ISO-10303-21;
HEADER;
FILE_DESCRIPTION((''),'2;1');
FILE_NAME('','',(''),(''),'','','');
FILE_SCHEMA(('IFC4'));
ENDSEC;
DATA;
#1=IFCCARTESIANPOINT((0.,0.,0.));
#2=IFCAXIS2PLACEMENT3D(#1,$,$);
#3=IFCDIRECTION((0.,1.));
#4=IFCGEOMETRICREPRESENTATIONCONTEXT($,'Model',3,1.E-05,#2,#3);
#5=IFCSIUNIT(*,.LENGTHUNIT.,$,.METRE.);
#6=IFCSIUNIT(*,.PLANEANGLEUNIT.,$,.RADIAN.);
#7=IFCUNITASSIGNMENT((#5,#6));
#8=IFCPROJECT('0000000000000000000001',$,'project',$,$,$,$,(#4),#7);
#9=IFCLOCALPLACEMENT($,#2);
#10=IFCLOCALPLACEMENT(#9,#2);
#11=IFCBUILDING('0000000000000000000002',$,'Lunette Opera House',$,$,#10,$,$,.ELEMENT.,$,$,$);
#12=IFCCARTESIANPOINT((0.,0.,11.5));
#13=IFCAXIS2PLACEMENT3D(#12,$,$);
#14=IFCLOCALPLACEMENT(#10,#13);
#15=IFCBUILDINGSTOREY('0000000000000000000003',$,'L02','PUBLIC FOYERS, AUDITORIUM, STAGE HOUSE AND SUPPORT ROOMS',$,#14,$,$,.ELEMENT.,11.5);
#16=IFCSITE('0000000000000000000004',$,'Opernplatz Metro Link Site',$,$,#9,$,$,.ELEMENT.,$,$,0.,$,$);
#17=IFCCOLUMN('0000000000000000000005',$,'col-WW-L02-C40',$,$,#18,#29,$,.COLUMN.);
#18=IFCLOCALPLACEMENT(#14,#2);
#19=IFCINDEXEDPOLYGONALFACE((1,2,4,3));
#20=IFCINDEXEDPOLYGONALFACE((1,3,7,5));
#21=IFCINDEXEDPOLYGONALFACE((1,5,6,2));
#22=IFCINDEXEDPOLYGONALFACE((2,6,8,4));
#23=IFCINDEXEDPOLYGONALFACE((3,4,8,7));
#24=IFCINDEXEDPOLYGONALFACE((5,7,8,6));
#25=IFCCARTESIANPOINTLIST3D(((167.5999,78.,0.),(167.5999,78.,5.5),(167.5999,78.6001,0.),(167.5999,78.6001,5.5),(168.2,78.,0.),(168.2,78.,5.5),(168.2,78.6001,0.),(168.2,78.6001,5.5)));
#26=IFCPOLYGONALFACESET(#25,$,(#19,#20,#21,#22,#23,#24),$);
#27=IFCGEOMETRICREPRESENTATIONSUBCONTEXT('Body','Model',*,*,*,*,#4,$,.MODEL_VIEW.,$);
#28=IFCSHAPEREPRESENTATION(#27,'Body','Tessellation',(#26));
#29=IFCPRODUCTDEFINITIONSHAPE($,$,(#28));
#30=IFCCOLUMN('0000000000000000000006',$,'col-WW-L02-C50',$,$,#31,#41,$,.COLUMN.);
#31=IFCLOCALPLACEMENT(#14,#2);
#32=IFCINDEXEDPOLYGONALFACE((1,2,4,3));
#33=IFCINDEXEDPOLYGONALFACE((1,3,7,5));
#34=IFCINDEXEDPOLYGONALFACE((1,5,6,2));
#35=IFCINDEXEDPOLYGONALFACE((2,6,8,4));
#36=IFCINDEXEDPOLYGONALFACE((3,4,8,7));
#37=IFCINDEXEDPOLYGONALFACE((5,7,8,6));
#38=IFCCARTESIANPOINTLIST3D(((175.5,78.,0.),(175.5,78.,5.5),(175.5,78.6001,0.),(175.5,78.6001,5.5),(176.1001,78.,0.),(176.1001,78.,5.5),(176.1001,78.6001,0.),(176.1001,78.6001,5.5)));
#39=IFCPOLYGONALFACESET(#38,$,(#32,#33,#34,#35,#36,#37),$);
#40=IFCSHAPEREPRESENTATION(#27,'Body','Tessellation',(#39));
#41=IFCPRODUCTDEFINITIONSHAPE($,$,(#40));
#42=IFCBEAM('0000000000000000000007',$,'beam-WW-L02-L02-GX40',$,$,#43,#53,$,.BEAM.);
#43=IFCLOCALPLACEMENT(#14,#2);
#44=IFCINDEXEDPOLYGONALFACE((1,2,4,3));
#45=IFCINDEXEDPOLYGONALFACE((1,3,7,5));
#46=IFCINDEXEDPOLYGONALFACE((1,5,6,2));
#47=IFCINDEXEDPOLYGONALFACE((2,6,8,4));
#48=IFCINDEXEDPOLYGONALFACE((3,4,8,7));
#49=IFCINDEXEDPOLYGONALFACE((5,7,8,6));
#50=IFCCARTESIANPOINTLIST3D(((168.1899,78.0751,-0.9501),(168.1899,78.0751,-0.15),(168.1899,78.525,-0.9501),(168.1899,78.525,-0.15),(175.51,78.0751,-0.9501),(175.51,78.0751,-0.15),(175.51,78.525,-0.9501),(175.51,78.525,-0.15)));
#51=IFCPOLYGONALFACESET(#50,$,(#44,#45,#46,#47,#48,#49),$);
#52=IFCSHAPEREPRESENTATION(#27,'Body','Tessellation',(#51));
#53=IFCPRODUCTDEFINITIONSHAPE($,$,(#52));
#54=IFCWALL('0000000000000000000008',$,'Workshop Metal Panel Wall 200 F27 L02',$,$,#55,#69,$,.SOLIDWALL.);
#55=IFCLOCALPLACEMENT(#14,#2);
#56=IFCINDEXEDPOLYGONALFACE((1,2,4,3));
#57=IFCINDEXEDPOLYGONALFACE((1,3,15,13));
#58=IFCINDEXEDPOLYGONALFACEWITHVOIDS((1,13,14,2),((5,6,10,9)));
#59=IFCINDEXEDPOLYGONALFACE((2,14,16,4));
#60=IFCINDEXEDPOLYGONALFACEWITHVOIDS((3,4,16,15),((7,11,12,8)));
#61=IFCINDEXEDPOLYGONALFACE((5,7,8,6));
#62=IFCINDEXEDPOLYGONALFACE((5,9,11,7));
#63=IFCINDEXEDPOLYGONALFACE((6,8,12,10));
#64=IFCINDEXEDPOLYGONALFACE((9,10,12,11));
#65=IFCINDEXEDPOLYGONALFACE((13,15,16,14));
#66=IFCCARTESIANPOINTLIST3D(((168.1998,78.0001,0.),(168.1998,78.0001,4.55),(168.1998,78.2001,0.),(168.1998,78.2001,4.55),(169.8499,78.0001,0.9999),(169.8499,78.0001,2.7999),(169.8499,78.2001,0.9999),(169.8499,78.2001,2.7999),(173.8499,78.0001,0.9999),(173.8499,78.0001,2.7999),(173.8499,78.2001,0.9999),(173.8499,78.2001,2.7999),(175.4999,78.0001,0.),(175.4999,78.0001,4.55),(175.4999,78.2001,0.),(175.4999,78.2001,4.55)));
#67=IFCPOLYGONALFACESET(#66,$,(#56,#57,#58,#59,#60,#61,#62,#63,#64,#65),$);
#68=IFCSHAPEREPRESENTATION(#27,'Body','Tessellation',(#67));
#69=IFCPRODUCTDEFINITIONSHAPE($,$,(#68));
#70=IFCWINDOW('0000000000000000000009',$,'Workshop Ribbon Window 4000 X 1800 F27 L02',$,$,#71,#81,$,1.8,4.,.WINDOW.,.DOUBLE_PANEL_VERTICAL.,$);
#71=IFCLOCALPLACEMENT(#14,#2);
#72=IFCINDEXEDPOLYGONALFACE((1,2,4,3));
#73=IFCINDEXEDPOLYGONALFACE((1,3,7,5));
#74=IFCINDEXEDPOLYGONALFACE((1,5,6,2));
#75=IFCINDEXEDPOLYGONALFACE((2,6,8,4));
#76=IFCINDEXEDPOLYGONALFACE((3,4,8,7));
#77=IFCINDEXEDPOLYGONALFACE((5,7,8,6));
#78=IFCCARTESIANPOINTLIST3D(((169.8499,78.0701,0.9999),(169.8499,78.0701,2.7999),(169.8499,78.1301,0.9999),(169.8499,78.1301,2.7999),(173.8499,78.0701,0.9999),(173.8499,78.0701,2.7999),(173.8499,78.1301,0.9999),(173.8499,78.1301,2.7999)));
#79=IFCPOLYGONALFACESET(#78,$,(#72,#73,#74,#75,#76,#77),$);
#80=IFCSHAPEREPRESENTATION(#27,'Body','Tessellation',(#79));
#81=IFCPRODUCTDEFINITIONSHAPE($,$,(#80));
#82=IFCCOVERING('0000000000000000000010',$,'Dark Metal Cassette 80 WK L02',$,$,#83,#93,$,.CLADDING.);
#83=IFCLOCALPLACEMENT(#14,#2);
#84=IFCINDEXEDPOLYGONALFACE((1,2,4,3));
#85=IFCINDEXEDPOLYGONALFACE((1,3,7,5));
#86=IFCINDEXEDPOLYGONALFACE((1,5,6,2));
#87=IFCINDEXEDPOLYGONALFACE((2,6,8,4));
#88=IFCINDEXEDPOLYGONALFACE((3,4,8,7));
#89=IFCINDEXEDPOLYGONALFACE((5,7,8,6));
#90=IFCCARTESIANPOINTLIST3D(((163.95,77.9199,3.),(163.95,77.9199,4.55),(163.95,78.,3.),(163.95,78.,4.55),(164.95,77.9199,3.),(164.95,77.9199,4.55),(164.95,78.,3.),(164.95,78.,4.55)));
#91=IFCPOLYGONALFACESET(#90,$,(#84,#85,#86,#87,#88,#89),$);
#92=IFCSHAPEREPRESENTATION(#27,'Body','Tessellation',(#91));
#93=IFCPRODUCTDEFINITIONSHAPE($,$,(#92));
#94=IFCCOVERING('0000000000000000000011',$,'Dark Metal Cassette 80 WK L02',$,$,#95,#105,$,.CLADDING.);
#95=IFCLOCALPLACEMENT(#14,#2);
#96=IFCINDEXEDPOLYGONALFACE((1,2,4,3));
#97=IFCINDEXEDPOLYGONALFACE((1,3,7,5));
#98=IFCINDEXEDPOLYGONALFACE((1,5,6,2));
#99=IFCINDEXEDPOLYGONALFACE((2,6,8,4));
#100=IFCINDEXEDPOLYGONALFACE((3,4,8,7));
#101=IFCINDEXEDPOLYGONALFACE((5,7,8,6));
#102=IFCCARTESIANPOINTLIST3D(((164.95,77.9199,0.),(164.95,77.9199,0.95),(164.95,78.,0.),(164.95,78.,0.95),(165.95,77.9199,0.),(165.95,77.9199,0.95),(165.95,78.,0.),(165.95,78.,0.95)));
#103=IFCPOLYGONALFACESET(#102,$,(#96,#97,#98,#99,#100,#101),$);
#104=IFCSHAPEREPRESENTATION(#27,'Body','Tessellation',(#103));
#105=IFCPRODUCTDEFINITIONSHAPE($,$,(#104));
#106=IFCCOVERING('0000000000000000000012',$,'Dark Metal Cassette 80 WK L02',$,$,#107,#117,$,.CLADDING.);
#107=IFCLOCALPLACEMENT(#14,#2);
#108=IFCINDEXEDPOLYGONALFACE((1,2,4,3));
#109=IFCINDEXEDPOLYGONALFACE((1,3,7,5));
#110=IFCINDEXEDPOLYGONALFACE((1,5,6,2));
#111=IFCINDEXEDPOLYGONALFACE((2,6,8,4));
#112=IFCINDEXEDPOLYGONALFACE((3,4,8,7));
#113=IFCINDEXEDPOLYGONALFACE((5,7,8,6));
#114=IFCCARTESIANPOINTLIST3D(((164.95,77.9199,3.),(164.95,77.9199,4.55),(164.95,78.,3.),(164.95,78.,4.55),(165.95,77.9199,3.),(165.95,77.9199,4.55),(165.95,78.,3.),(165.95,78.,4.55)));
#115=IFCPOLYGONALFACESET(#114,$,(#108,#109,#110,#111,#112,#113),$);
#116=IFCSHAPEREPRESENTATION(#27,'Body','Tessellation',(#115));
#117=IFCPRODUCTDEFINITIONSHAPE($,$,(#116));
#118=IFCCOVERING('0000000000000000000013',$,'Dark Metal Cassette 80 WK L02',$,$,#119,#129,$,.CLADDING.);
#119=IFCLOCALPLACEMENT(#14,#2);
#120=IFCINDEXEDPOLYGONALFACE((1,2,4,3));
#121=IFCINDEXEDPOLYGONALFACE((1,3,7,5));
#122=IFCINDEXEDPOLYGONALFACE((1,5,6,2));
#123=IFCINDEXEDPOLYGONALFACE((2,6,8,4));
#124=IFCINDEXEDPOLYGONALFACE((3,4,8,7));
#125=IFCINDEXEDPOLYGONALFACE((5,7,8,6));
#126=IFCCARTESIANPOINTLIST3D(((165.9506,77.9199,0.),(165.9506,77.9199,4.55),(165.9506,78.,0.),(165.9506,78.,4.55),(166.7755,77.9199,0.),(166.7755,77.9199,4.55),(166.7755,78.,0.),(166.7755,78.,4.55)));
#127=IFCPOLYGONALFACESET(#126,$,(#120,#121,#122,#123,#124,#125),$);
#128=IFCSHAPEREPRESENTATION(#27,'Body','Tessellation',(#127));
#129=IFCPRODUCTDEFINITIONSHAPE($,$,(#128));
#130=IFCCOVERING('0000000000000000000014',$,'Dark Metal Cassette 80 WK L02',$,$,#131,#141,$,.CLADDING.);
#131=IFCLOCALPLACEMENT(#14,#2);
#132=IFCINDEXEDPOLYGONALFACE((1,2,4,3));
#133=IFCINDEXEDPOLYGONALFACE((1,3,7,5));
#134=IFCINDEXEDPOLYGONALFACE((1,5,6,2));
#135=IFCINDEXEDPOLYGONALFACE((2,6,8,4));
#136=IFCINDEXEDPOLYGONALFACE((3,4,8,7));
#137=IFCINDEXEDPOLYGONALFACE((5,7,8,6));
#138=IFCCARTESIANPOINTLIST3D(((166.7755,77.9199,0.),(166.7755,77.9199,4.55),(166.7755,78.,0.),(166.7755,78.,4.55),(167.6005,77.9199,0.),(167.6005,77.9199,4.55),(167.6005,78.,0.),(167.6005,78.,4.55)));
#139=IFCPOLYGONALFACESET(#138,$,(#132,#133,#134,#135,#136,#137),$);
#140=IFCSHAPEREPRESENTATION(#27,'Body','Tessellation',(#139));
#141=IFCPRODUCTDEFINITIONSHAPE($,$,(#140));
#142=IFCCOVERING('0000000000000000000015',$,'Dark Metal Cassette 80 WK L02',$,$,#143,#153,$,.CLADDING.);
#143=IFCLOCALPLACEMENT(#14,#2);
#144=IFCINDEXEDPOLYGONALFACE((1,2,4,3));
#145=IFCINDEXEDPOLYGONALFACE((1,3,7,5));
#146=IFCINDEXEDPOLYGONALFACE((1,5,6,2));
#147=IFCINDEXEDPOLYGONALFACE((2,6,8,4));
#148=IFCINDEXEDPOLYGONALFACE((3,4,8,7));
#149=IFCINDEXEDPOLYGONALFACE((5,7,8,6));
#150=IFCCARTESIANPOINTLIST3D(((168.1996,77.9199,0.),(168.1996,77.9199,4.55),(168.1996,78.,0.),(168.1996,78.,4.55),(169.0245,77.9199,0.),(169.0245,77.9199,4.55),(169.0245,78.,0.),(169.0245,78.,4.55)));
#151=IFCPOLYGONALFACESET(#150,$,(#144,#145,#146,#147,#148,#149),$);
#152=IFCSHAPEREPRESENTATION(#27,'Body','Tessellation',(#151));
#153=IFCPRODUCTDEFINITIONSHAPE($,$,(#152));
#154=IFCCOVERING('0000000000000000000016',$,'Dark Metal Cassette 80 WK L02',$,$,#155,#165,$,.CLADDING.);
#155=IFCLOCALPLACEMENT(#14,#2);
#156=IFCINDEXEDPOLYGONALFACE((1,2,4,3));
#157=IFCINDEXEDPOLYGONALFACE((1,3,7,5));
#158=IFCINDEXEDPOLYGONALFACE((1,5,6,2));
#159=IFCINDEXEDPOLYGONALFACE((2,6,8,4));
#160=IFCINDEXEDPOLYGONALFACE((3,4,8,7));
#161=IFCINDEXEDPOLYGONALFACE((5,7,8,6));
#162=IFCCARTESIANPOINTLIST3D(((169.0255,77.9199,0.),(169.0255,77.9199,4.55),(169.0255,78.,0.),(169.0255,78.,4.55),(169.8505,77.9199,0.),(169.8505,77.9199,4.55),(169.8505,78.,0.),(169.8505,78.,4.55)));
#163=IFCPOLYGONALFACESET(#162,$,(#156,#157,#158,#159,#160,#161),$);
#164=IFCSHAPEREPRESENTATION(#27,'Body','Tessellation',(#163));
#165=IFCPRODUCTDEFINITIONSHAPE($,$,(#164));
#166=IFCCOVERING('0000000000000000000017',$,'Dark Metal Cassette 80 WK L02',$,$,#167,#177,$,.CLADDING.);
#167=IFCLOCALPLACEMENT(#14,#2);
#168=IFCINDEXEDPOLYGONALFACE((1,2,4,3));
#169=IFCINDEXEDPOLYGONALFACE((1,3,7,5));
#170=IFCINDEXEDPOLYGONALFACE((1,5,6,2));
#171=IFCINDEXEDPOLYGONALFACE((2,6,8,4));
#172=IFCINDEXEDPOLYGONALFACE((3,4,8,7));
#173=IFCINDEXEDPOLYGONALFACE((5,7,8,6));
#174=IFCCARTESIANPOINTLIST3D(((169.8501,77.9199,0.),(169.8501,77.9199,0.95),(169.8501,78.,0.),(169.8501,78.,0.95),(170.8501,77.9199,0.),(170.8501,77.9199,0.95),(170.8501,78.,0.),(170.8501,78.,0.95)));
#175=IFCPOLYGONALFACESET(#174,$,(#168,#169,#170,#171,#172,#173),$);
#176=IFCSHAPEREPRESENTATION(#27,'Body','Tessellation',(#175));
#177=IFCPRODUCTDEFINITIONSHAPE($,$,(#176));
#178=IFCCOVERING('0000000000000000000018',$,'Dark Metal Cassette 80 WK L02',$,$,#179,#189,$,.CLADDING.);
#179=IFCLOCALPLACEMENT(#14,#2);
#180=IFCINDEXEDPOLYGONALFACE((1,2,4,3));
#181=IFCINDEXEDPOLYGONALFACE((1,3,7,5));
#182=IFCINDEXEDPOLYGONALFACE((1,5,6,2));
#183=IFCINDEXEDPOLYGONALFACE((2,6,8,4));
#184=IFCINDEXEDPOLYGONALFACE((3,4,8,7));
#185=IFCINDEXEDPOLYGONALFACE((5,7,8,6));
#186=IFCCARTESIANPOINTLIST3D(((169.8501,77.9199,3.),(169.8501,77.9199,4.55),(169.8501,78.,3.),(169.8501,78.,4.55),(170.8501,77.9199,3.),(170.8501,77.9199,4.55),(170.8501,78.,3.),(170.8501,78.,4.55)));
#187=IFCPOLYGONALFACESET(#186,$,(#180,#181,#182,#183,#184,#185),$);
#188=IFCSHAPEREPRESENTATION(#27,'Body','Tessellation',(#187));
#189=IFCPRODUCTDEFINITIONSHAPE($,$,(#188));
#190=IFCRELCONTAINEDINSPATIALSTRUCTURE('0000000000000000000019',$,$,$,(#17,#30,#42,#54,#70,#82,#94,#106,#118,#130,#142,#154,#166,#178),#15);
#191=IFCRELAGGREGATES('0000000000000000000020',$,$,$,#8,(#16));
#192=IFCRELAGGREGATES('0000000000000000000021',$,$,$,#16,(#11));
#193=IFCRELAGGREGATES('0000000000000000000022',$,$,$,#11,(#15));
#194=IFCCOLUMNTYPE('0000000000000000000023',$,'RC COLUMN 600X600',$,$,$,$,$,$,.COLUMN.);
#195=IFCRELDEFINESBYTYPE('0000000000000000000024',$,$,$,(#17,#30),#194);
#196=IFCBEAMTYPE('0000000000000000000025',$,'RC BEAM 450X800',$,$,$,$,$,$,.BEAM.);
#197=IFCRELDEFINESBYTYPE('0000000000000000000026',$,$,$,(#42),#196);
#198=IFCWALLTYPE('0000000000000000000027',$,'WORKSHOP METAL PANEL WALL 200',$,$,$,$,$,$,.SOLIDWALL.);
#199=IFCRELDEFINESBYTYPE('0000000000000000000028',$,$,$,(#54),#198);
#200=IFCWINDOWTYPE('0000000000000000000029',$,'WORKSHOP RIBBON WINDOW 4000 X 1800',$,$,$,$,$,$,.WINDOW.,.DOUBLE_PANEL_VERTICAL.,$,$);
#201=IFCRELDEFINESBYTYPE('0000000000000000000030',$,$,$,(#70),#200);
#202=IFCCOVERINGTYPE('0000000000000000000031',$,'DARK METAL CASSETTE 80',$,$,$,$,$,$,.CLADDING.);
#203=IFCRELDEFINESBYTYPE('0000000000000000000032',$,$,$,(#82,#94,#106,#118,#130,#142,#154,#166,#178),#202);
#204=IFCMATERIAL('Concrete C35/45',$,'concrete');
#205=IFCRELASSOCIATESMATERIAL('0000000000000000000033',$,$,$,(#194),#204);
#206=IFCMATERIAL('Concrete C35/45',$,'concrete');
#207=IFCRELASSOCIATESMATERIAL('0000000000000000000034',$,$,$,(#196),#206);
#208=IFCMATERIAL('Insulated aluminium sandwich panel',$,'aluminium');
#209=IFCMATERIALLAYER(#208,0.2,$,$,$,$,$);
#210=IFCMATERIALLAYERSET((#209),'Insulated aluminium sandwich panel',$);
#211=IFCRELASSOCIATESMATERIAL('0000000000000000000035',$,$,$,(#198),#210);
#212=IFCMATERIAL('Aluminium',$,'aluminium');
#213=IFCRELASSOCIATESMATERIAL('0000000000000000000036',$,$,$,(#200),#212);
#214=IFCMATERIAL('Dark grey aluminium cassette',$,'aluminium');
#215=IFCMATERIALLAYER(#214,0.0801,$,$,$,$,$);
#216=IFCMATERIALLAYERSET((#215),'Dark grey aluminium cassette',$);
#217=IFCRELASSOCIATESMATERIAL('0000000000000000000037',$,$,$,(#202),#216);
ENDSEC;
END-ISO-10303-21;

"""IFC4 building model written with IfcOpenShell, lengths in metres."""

from ifc_helpers import new_model, si_unit, direction, frame, frame_2d, origin, origin_2d, place, context, subcontext, project, spatial, rectangle, extrude, material, layer, layer_set, material_profile, profile_set, type_object, element, fill, save


model = new_model("IFC4")

# Units and contexts
model_context = context("Model", 3, precision=1e-05, world=origin(), true_north=direction((0.0, 1.0)))
body_context = subcontext(model_context, "Body", "Model", "MODEL_VIEW")
ifc_project = project(units=[si_unit("LENGTHUNIT", "METRE"), si_unit("PLANEANGLEUNIT", "RADIAN")], contexts=[model_context])

# Site, building, storey
site_placement = place(None, origin())
site = spatial("IfcSite", under=ifc_project, at=site_placement, Name="Opernplatz Metro Link Site", CompositionType="ELEMENT", RefElevation=0.0)
building_placement = place(site_placement, origin())
building = spatial("IfcBuilding", under=site, at=building_placement, Name="Lunette Opera House", CompositionType="ELEMENT")
storey_placement = place(building_placement, frame((0.0, 0.0, 11.5)))
storey = spatial("IfcBuildingStorey", under=building, at=storey_placement, Name="L02", Description="PUBLIC FOYERS, AUDITORIUM, STAGE HOUSE AND SUPPORT ROOMS", CompositionType="ELEMENT", Elevation=11.5)

# Columns
ifc_material_1 = material(Name="Concrete C35/45", Category="concrete")
ifc_material_profile_1 = material_profile(ifc_material_1, rectangle(XDim=0.6001, YDim=0.6001, at=origin_2d()), Name="RC COLUMN 600X600")
ifc_profile_set_1 = profile_set([ifc_material_profile_1], Name="Concrete C35/45")
column_type = type_object("IfcColumnType", Name="RC COLUMN 600X600", PredefinedType="COLUMN", material=ifc_profile_set_1)
for number, where, z_axis, x_axis, name in (
    (1, (167.8999, 78.3, 0.0), (0.0, 0.0, 1.0), (1.0, 0.0, 0.0), "col-WW-L02-C40"),
    (2, (175.8, 78.3, 0.0), (0.0, 0.0, 1.0), (1.0, 0.0, 0.0), "col-WW-L02-C50"),
):
    element("IfcColumn", number, at=place(storey_placement, frame(where, z_axis=z_axis, x_axis=x_axis)), inside=storey, type_object=column_type, Name=name, PredefinedType="COLUMN", context=body_context, shape_type="SweptSolid", body=[
        extrude(rectangle(XDim=0.6001, YDim=0.6001, at=origin_2d()), origin(), (0.0, 0.0, 1.0), 5.5),
    ])

# Beam
ifc_material_2 = material(Name="Concrete C35/45", Category="concrete")
ifc_material_profile_2 = material_profile(ifc_material_2, rectangle(XDim=0.45, YDim=0.8, at=origin_2d()), Name="RC BEAM 450X800")
ifc_profile_set_2 = profile_set([ifc_material_profile_2], Name="Concrete C35/45")
beam_type = type_object("IfcBeamType", Name="RC BEAM 450X800", PredefinedType="BEAM", material=ifc_profile_set_2)
beam_placement = place(storey_placement, frame((168.1899, 78.3, -0.55), z_axis=(1.0, 0.0, 0.0), x_axis=(0.0, 1.0, 0.0)))
element("IfcBeam", 3, at=beam_placement, inside=storey, type_object=beam_type, Name="beam-WW-L02-L02-GX40", PredefinedType="BEAM", context=body_context, shape_type="SweptSolid", body=[
    extrude(rectangle(XDim=0.45, YDim=0.8, at=origin_2d()), origin(), (0.0, 0.0, 1.0), 7.3201),
])

# Wall, opening, window
ifc_material_3 = material(Name="Insulated aluminium sandwich panel", Category="aluminium")
ifc_layer_1 = layer(ifc_material_3, 0.2)
ifc_layer_set_1 = layer_set([ifc_layer_1], Name="Insulated aluminium sandwich panel")
wall_type = type_object("IfcWallType", Name="WORKSHOP METAL PANEL WALL 200", PredefinedType="SOLIDWALL", material=ifc_layer_set_1)
wall_placement = place(storey_placement, frame((168.2, 78.1001, 0.0), z_axis=(0.0, 0.0, 1.0), x_axis=(1.0, 0.0, 0.0)))
wall = element("IfcWall", 4, at=wall_placement, inside=storey, type_object=wall_type, Name="Workshop Metal Panel Wall 200 F27 L02", PredefinedType="SOLIDWALL", context=body_context, shape_type="SweptSolid", body=[
    extrude(rectangle(XDim=7.3, YDim=0.2, at=frame_2d((3.6499, 0.0))), origin(), (0.0, 0.0, 1.0), 4.55),
])
opening_placement = place(wall_placement, frame((1.6499, 0.0, 1.0)))
opening = element("IfcOpeningElement", 5, at=opening_placement, cuts=wall, PredefinedType="OPENING", context=body_context, shape_type="SweptSolid", body=[
    extrude(rectangle(XDim=4.0, YDim=1.8, at=frame_2d((2.0, 0.8999))), frame((0.0, 0.1121, 0.0), z_axis=(0.0, -1.0, 0.0), x_axis=(1.0, 0.0, 0.0)), (0.0, 0.0, 1.0), 0.2239),
])
ifc_material_4 = material(Name="Aluminium", Category="aluminium")
window_type = type_object("IfcWindowType", Name="WORKSHOP RIBBON WINDOW 4000 X 1800", PartitioningType="DOUBLE_PANEL_VERTICAL", PredefinedType="WINDOW", material=ifc_material_4)
window_placement = place(opening_placement, origin())
window = element("IfcWindow", 6, at=window_placement, inside=storey, type_object=window_type, Name="Workshop Ribbon Window 4000 X 1800 F27 L02", OverallHeight=1.8, OverallWidth=4.0, PartitioningType="DOUBLE_PANEL_VERTICAL", PredefinedType="WINDOW", context=body_context, shape_type="SweptSolid", body=[
    extrude(rectangle(XDim=4.0, YDim=1.8, at=frame_2d((2.0, 0.8999))), frame((0.0, 0.03, 0.0), z_axis=(0.0, -1.0, 0.0), x_axis=(1.0, 0.0, 0.0)), (0.0, 0.0, 1.0), 0.0601),
])
fill(opening, window)

# Coverings
ifc_material_5 = material(Name="Dark grey aluminium cassette", Category="aluminium")
ifc_layer_2 = layer(ifc_material_5, 0.0801)
ifc_layer_set_2 = layer_set([ifc_layer_2], Name="Dark grey aluminium cassette")
covering_type = type_object("IfcCoveringType", Name="DARK METAL CASSETTE 80", PredefinedType="CLADDING", material=ifc_layer_set_2)
covering_1_placement = place(storey_placement, frame((164.45, 77.96, 3.0), z_axis=(0.0, 0.0, 1.0), x_axis=(1.0, 0.0, 0.0)))
element("IfcCovering", 7, at=covering_1_placement, inside=storey, type_object=covering_type, Name="Dark Metal Cassette 80 WK L02", PredefinedType="CLADDING", context=body_context, shape_type="SweptSolid", body=[
    extrude(rectangle(XDim=1.0, YDim=0.0801, at=origin_2d()), origin(), (0.0, 0.0, 1.0), 1.55),
])
covering_2_placement = place(storey_placement, frame((165.45, 77.96, 0.0), z_axis=(0.0, 0.0, 1.0), x_axis=(1.0, 0.0, 0.0)))
element("IfcCovering", 8, at=covering_2_placement, inside=storey, type_object=covering_type, Name="Dark Metal Cassette 80 WK L02", PredefinedType="CLADDING", context=body_context, shape_type="SweptSolid", body=[
    extrude(rectangle(XDim=1.0, YDim=0.0801, at=origin_2d()), origin(), (0.0, 0.0, 1.0), 0.95),
])
covering_3_placement = place(storey_placement, frame((165.45, 77.96, 3.0), z_axis=(0.0, 0.0, 1.0), x_axis=(1.0, 0.0, 0.0)))
element("IfcCovering", 9, at=covering_3_placement, inside=storey, type_object=covering_type, Name="Dark Metal Cassette 80 WK L02", PredefinedType="CLADDING", context=body_context, shape_type="SweptSolid", body=[
    extrude(rectangle(XDim=1.0, YDim=0.0801, at=origin_2d()), origin(), (0.0, 0.0, 1.0), 1.55),
])
for number, where, z_axis, x_axis, name in (
    (10, (166.363, 77.96, 0.0), (0.0, 0.0, 1.0), (1.0, 0.0, 0.0), "Dark Metal Cassette 80 WK L02"),
    (11, (167.188, 77.96, 0.0), (0.0, 0.0, 1.0), (1.0, 0.0, 0.0), "Dark Metal Cassette 80 WK L02"),
    (12, (168.6121, 77.96, 0.0), (0.0, 0.0, 1.0), (1.0, 0.0, 0.0), "Dark Metal Cassette 80 WK L02"),
    (13, (169.438, 77.96, 0.0), (0.0, 0.0, 1.0), (1.0, 0.0, 0.0), "Dark Metal Cassette 80 WK L02"),
):
    element("IfcCovering", number, at=place(storey_placement, frame(where, z_axis=z_axis, x_axis=x_axis)), inside=storey, type_object=covering_type, Name=name, PredefinedType="CLADDING", context=body_context, shape_type="SweptSolid", body=[
        extrude(rectangle(XDim=0.825, YDim=0.0801, at=origin_2d()), origin(), (0.0, 0.0, 1.0), 4.55),
    ])
covering_4_placement = place(storey_placement, frame((170.3501, 77.96, 0.0), z_axis=(0.0, 0.0, 1.0), x_axis=(1.0, 0.0, 0.0)))
element("IfcCovering", 14, at=covering_4_placement, inside=storey, type_object=covering_type, Name="Dark Metal Cassette 80 WK L02", PredefinedType="CLADDING", context=body_context, shape_type="SweptSolid", body=[
    extrude(rectangle(XDim=1.0, YDim=0.0801, at=origin_2d()), origin(), (0.0, 0.0, 1.0), 0.95),
])
covering_5_placement = place(storey_placement, frame((170.3501, 77.96, 3.0), z_axis=(0.0, 0.0, 1.0), x_axis=(1.0, 0.0, 0.0)))
element("IfcCovering", 15, at=covering_5_placement, inside=storey, type_object=covering_type, Name="Dark Metal Cassette 80 WK L02", PredefinedType="CLADDING", context=body_context, shape_type="SweptSolid", body=[
    extrude(rectangle(XDim=1.0, YDim=0.0801, at=origin_2d()), origin(), (0.0, 0.0, 1.0), 1.55),
])

save(model, "model.ifc")
